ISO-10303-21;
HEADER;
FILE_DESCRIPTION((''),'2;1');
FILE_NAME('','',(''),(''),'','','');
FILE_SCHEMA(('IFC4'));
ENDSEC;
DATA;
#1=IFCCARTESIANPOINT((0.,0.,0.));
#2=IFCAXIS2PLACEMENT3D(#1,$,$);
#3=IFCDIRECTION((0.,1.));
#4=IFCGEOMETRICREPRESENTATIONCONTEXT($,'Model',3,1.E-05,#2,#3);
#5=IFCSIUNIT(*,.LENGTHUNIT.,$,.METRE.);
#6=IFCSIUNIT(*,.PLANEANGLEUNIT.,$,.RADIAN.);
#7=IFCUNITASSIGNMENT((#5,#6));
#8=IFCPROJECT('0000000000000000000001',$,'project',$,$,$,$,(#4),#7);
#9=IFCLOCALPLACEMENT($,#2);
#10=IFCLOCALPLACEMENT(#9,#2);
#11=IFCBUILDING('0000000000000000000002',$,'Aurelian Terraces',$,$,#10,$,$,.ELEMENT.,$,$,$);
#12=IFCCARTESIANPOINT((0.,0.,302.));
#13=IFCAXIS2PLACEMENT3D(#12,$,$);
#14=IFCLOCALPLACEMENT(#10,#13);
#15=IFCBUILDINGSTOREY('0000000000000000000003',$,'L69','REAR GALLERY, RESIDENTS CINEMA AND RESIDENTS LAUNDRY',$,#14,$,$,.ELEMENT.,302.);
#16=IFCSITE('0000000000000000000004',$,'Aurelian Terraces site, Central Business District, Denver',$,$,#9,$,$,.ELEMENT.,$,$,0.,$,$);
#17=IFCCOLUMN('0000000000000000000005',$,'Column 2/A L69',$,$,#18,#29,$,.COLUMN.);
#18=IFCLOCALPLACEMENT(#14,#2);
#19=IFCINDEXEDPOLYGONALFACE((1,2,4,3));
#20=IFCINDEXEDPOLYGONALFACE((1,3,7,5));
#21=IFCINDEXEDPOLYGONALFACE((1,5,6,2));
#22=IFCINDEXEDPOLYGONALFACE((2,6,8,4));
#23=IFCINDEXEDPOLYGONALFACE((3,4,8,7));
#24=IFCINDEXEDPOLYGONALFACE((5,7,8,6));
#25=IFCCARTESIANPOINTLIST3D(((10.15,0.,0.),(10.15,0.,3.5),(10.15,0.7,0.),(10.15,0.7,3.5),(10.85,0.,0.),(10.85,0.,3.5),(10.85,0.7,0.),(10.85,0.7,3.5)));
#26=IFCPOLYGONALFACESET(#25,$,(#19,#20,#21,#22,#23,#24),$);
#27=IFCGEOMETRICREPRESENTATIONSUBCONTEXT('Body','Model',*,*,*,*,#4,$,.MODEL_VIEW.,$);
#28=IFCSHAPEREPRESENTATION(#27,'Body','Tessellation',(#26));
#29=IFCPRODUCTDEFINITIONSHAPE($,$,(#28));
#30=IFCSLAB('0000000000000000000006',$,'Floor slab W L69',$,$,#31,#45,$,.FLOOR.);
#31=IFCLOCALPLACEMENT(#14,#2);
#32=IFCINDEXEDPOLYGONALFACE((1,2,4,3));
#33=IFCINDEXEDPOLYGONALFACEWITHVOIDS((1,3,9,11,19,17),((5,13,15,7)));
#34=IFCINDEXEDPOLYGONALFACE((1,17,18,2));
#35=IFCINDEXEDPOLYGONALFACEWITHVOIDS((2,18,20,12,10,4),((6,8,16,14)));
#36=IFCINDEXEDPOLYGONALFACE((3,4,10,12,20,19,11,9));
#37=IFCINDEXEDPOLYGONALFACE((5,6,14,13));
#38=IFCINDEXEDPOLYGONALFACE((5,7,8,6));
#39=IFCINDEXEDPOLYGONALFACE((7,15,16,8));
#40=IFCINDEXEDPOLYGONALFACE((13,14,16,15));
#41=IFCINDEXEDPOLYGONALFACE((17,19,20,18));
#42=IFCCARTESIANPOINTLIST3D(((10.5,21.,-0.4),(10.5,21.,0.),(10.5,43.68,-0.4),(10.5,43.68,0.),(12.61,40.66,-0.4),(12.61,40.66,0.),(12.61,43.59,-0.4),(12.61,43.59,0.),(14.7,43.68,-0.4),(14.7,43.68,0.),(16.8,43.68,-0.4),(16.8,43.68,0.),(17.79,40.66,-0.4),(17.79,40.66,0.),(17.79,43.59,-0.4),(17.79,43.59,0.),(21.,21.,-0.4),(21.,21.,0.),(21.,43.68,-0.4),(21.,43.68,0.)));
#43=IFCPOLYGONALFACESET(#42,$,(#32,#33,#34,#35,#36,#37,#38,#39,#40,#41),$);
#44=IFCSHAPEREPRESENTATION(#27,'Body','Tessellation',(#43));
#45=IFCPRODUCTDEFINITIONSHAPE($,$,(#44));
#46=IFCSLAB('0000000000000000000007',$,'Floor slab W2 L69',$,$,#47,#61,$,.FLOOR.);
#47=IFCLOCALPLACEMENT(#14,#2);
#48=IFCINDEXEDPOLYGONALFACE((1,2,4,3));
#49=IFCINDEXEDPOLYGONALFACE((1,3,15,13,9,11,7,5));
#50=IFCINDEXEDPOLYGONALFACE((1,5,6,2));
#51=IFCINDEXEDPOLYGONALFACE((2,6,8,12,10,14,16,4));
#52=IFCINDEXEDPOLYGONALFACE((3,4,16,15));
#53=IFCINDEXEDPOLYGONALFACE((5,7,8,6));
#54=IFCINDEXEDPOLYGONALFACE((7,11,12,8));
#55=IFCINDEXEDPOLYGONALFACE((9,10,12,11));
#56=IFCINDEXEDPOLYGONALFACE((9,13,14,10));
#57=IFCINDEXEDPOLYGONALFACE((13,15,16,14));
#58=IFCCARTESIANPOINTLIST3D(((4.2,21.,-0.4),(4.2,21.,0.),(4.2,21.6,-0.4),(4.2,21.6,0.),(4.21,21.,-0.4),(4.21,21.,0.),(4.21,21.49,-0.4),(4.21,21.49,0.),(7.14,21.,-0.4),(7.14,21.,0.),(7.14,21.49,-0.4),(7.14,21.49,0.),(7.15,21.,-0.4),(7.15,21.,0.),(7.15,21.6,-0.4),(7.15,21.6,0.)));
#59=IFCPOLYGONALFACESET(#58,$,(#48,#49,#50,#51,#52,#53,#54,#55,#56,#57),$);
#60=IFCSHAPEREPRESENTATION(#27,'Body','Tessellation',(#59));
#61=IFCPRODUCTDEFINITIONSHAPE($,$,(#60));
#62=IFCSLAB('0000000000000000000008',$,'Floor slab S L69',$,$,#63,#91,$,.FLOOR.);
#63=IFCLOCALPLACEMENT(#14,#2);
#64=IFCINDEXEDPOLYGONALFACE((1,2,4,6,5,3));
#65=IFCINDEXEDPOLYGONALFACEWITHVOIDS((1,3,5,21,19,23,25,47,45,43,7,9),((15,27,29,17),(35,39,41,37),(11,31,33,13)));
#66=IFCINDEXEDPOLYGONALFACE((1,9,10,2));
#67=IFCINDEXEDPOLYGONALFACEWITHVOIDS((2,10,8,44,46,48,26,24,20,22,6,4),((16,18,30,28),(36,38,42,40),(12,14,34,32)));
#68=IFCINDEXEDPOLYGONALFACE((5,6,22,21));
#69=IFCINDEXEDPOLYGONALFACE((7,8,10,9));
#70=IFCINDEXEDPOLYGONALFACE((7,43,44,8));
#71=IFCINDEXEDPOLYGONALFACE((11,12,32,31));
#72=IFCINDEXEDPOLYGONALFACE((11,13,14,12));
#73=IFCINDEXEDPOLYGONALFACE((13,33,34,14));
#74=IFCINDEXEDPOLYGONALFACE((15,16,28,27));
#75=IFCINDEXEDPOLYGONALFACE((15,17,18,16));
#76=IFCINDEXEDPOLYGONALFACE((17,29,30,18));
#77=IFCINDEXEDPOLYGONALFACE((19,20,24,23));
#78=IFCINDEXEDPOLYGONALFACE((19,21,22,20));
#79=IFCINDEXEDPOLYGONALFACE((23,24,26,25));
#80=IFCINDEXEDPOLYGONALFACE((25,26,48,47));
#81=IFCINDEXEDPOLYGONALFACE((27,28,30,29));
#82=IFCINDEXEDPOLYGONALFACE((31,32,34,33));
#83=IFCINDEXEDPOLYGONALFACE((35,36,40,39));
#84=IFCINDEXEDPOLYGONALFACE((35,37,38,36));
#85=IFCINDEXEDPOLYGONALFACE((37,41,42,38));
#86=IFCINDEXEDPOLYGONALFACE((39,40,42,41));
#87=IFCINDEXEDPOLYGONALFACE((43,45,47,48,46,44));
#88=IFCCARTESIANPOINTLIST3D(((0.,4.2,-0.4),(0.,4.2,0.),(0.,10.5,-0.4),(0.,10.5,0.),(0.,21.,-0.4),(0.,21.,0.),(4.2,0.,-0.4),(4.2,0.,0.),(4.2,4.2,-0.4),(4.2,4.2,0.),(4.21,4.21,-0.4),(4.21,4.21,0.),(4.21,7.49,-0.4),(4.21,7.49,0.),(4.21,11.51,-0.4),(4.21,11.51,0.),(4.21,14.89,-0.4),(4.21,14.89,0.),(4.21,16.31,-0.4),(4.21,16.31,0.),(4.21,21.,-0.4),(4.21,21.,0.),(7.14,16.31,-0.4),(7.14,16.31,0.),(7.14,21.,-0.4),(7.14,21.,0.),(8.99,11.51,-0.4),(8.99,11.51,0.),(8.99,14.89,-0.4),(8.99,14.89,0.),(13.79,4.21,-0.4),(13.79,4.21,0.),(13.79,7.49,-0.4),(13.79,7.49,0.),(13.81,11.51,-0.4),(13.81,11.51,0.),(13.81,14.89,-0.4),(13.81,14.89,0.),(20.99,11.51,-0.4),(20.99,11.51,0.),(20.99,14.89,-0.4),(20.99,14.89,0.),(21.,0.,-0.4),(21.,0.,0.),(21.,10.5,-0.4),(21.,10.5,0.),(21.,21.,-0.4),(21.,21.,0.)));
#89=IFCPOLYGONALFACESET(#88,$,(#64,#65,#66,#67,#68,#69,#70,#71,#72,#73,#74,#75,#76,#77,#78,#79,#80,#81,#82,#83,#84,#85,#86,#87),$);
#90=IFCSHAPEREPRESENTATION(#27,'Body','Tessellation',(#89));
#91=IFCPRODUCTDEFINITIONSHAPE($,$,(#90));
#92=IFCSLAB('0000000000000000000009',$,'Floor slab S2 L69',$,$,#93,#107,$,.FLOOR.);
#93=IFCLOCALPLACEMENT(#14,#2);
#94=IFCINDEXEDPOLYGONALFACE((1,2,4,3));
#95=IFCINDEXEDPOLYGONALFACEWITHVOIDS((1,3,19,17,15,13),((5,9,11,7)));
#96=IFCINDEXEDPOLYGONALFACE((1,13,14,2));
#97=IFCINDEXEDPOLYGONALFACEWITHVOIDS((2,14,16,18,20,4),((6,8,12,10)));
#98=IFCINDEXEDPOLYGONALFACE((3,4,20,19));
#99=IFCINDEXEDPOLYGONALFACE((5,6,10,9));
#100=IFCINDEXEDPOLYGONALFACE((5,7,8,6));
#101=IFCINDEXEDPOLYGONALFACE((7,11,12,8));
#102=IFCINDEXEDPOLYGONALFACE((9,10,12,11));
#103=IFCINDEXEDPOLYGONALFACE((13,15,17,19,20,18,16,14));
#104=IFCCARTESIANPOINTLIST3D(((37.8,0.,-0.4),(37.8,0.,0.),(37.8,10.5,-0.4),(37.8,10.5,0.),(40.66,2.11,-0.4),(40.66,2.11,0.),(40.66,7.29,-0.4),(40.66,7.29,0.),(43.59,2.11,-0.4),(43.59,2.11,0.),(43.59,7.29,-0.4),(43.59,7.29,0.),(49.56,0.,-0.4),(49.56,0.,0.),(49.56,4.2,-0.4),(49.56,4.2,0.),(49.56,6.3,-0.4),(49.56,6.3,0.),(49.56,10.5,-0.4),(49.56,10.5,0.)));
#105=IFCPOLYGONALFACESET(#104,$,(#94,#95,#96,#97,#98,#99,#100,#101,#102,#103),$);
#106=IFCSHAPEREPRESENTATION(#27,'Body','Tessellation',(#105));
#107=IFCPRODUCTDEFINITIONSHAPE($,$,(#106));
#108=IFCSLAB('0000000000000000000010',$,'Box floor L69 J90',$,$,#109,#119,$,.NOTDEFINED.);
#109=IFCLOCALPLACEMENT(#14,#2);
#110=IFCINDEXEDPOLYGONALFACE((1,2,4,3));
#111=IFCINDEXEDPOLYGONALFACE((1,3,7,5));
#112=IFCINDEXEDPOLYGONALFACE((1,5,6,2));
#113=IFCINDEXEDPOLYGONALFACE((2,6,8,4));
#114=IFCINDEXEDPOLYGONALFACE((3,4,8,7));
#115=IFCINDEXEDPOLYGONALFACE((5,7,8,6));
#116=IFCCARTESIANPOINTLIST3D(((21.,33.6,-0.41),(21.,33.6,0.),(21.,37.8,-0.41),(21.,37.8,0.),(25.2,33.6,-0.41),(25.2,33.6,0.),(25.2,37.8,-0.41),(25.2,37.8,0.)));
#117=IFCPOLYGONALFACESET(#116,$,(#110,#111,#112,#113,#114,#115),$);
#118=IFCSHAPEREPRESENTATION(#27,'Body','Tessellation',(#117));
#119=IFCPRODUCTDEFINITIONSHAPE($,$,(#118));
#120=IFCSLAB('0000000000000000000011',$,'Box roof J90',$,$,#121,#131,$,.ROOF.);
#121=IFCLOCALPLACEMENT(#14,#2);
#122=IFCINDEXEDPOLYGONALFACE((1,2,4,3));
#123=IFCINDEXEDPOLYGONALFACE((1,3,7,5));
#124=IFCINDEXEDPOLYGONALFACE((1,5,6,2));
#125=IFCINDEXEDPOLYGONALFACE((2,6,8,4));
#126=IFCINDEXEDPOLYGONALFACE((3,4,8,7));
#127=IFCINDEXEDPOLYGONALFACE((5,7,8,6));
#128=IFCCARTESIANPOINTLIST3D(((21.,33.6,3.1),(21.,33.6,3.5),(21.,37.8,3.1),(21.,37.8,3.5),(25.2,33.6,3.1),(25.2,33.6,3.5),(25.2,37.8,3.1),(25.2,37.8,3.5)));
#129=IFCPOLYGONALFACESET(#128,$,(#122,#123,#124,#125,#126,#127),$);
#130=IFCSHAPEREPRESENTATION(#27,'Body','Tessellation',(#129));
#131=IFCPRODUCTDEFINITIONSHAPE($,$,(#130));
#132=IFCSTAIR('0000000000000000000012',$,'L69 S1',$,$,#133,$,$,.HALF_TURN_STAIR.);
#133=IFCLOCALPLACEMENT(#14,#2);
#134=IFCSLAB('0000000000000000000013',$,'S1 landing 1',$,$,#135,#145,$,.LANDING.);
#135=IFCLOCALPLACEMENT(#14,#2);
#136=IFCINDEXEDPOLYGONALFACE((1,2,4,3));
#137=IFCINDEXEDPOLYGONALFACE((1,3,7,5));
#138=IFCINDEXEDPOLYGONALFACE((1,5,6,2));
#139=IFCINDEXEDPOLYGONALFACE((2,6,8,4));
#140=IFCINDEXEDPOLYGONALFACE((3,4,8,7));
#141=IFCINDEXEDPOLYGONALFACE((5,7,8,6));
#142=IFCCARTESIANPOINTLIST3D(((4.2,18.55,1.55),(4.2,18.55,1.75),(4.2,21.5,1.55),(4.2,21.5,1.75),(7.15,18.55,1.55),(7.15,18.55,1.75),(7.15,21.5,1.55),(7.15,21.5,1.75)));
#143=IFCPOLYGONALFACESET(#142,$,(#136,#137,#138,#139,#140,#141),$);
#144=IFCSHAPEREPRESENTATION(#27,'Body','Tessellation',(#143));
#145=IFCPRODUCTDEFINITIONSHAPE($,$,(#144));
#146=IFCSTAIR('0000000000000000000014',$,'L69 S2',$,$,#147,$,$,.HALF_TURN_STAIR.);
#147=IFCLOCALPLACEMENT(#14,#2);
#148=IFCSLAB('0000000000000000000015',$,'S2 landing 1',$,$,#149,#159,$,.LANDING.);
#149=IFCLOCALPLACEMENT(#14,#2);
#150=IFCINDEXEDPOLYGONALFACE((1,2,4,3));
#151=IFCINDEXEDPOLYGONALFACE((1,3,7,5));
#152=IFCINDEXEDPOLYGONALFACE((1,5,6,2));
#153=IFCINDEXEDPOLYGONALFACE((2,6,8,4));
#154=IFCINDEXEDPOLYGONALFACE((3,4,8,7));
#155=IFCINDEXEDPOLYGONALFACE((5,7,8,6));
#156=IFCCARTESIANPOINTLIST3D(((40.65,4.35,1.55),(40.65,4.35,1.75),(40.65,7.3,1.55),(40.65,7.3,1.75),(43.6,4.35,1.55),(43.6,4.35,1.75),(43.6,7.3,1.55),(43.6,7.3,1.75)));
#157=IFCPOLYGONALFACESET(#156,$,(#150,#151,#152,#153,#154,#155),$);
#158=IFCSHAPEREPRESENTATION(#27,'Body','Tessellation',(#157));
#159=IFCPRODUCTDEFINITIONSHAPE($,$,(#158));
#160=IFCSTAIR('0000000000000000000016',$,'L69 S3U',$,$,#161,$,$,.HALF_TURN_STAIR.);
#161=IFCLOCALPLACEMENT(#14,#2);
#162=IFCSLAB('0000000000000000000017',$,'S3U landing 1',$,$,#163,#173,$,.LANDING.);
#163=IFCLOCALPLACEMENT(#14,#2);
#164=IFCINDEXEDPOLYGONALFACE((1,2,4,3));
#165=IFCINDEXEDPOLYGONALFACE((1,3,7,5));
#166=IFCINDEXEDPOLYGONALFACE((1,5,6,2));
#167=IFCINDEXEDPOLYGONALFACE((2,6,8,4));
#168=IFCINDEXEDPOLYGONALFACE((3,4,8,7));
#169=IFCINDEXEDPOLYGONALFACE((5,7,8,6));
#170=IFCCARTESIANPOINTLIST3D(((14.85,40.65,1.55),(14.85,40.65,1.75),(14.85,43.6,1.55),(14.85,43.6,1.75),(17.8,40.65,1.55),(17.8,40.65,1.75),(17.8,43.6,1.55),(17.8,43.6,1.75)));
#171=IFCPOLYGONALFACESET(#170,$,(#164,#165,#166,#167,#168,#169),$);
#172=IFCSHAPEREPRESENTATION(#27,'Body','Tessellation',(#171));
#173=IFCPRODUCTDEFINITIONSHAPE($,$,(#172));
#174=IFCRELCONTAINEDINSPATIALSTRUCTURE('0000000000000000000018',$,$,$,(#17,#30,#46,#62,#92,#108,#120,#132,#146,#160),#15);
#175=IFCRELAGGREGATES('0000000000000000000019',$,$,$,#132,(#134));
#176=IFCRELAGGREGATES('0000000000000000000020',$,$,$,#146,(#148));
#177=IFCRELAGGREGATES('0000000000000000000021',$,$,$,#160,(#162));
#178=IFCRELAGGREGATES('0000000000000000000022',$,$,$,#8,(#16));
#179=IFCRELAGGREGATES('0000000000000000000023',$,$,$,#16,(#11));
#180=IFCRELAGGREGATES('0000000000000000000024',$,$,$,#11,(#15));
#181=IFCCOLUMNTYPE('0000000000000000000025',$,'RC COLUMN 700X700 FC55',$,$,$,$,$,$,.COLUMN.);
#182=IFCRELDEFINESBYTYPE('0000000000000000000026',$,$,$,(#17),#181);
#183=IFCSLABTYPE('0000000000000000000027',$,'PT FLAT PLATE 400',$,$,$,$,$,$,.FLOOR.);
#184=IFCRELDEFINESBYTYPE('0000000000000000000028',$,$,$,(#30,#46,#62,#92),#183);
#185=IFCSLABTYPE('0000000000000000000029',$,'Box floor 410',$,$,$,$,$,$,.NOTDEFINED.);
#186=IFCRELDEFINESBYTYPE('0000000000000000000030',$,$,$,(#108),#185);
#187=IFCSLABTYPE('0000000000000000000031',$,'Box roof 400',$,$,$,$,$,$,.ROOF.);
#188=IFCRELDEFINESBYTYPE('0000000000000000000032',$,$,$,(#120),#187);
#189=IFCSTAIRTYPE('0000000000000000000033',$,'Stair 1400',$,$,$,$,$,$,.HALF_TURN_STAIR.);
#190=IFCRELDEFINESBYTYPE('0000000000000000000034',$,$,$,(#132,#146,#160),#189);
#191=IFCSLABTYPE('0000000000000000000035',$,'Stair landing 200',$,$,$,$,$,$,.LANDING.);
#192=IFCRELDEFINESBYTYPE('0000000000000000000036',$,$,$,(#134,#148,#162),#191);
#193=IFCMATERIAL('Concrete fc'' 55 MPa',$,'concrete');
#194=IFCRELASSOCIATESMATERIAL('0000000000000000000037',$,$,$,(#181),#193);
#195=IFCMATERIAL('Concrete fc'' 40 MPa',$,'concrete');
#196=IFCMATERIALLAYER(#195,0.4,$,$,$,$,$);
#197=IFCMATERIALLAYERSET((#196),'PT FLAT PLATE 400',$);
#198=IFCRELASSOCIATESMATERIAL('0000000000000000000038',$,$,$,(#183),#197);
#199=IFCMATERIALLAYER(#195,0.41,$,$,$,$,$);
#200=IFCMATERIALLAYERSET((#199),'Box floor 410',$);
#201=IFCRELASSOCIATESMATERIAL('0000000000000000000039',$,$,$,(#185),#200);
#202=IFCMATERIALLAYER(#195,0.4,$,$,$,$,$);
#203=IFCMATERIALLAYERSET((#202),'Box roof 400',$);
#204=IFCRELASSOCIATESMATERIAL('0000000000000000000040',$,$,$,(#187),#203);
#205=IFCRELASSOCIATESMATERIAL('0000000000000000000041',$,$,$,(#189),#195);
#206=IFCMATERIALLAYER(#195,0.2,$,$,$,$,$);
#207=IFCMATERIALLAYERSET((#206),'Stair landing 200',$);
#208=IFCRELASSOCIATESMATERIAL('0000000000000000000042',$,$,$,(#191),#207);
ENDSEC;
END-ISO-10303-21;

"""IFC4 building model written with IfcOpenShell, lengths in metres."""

from ifc_helpers import new_model, si_unit, direction, frame, origin, origin_2d, place, context, subcontext, project, spatial, polyline, rectangle, outline, extrude, source, transform, mapped, material, layer, layer_set, material_profile, profile_set, type_object, element, aggregate, save


model = new_model("IFC4")

# Units and contexts
model_context = context("Model", 3, precision=1e-05, world=origin(), true_north=direction((0.0, 1.0)))
body_context = subcontext(model_context, "Body", "Model", "MODEL_VIEW")
ifc_project = project(units=[si_unit("LENGTHUNIT", "METRE"), si_unit("PLANEANGLEUNIT", "RADIAN")], contexts=[model_context])

# Site, building, storey
site_placement = place(None, origin())
site = spatial("IfcSite", under=ifc_project, at=site_placement, Name="Aurelian Terraces site, Central Business District, Denver", CompositionType="ELEMENT", RefElevation=0.0)
building_placement = place(site_placement, origin())
building = spatial("IfcBuilding", under=site, at=building_placement, Name="Aurelian Terraces", CompositionType="ELEMENT")
storey_placement = place(building_placement, frame((0.0, 0.0, 302.0)))
storey = spatial("IfcBuildingStorey", under=building, at=storey_placement, Name="L69", Description="REAR GALLERY, RESIDENTS CINEMA AND RESIDENTS LAUNDRY", CompositionType="ELEMENT", Elevation=302.0)

# Column
ifc_material_1 = material(Name="Concrete fc' 55 MPa", Category="concrete")
ifc_material_profile = material_profile(ifc_material_1, rectangle(XDim=0.7, YDim=0.7, at=origin_2d()))
ifc_profile_set = profile_set([ifc_material_profile], Name="Concrete fc' 55 MPa")
column_type = type_object("IfcColumnType", Name="RC COLUMN 700X700 FC55", PredefinedType="COLUMN", material=ifc_profile_set)
shared_shape_1 = source(origin(), body_context, "Body", "SweptSolid", [
    extrude(rectangle(XDim=0.7, YDim=0.7, at=origin_2d()), origin(), (0.0, 0.0, 1.0), 3.5),
])
column_placement = place(storey_placement, frame((10.5, 0.35, 0.0), z_axis=(0.0, 0.0, 1.0), x_axis=(1.0, 0.0, 0.0)))
element("IfcColumn", 1, at=column_placement, inside=storey, type_object=column_type, Name="Column 2/A L69", PredefinedType="COLUMN", context=body_context, shape_type="MappedRepresentation", body=[
    mapped(shared_shape_1, transform((0.0, 0.0, 0.0), scale=1.0)),
])

# Slabs
ifc_material_2 = material(Name="Concrete fc' 40 MPa", Category="concrete")
ifc_layer_1 = layer(ifc_material_2, 0.4)
ifc_layer_set_1 = layer_set([ifc_layer_1], Name="PT FLAT PLATE 400")
slab_type_1 = type_object("IfcSlabType", Name="PT FLAT PLATE 400", PredefinedType="FLOOR", material=ifc_layer_set_1)
shared_shape_2 = source(origin(), body_context, "Body", "SweptSolid", [
    extrude(outline(polyline([(10.5, 43.68), (14.7, 43.68), (16.8, 43.68), (21.0, 43.68), (21.0, 21.0), (10.5, 21.0), (10.5, 43.68)]), holes=[polyline([(17.79, 43.59), (12.61, 43.59), (12.61, 40.66), (17.79, 40.66), (17.79, 43.59)])]), origin(), (0.0, 0.0, 1.0), 0.4),
])
slab_1_placement = place(storey_placement, frame((0.0, 0.0, -0.4)))
element("IfcSlab", 2, at=slab_1_placement, inside=storey, type_object=slab_type_1, Name="Floor slab W L69", PredefinedType="FLOOR", context=body_context, shape_type="MappedRepresentation", body=[
    mapped(shared_shape_2, transform((0.0, 0.0, 0.0), scale=1.0)),
])
shared_shape_3 = source(origin(), body_context, "Body", "SweptSolid", [
    extrude(outline(polyline([(4.2, 21.0), (4.2, 21.6), (7.15, 21.6), (7.15, 21.0), (7.14, 21.0), (7.14, 21.49), (4.21, 21.49), (4.21, 21.0), (4.2, 21.0)])), origin(), (0.0, 0.0, 1.0), 0.4),
])
slab_2_placement = place(storey_placement, frame((0.0, 0.0, -0.4)))
element("IfcSlab", 3, at=slab_2_placement, inside=storey, type_object=slab_type_1, Name="Floor slab W2 L69", PredefinedType="FLOOR", context=body_context, shape_type="MappedRepresentation", body=[
    mapped(shared_shape_3, transform((0.0, 0.0, 0.0), scale=1.0)),
])
shared_shape_4 = source(origin(), body_context, "Body", "SweptSolid", [
    extrude(outline(polyline([(4.2, 4.2), (0.0, 4.2), (0.0, 10.5), (0.0, 21.0), (4.21, 21.0), (4.21, 16.31), (7.14, 16.31), (7.14, 21.0), (21.0, 21.0), (21.0, 10.5), (21.0, 0.0), (4.2, 0.0), (4.2, 4.2)]), holes=[polyline([(13.81, 14.89), (13.81, 11.51), (20.99, 11.51), (20.99, 14.89), (13.81, 14.89)]), polyline([(4.21, 7.49), (4.21, 4.21), (13.79, 4.21), (13.79, 7.49), (4.21, 7.49)]), polyline([(8.99, 11.51), (8.99, 14.89), (4.21, 14.89), (4.21, 11.51), (8.99, 11.51)])]), origin(), (0.0, 0.0, 1.0), 0.4),
])
slab_3_placement = place(storey_placement, frame((0.0, 0.0, -0.4)))
element("IfcSlab", 4, at=slab_3_placement, inside=storey, type_object=slab_type_1, Name="Floor slab S L69", PredefinedType="FLOOR", context=body_context, shape_type="MappedRepresentation", body=[
    mapped(shared_shape_4, transform((0.0, 0.0, 0.0), scale=1.0)),
])
shared_shape_5 = source(origin(), body_context, "Body", "SweptSolid", [
    extrude(outline(polyline([(37.8, 10.5), (49.56, 10.5), (49.56, 6.3), (49.56, 4.2), (49.56, 0.0), (37.8, 0.0), (37.8, 10.5)]), holes=[polyline([(40.66, 2.11), (43.59, 2.11), (43.59, 7.29), (40.66, 7.29), (40.66, 2.11)])]), origin(), (0.0, 0.0, 1.0), 0.4),
])
slab_4_placement = place(storey_placement, frame((0.0, 0.0, -0.4)))
element("IfcSlab", 5, at=slab_4_placement, inside=storey, type_object=slab_type_1, Name="Floor slab S2 L69", PredefinedType="FLOOR", context=body_context, shape_type="MappedRepresentation", body=[
    mapped(shared_shape_5, transform((0.0, 0.0, 0.0), scale=1.0)),
])
ifc_layer_2 = layer(ifc_material_2, 0.41)
ifc_layer_set_2 = layer_set([ifc_layer_2], Name="Box floor 410")
slab_type_2 = type_object("IfcSlabType", Name="Box floor 410", PredefinedType="NOTDEFINED", material=ifc_layer_set_2)
shared_shape_6 = source(origin(), body_context, "Body", "SweptSolid", [
    extrude(outline(polyline([(25.2, 33.6), (25.2, 37.8), (21.0, 37.8), (21.0, 33.6), (25.2, 33.6)])), origin(), (0.0, 0.0, 1.0), 0.41),
])
slab_5_placement = place(storey_placement, frame((0.0, 0.0, -0.41)))
element("IfcSlab", 6, at=slab_5_placement, inside=storey, type_object=slab_type_2, Name="Box floor L69 J90", PredefinedType="NOTDEFINED", context=body_context, shape_type="MappedRepresentation", body=[
    mapped(shared_shape_6, transform((0.0, 0.0, 0.0), scale=1.0)),
])
ifc_layer_3 = layer(ifc_material_2, 0.4)
ifc_layer_set_3 = layer_set([ifc_layer_3], Name="Box roof 400")
slab_type_3 = type_object("IfcSlabType", Name="Box roof 400", PredefinedType="ROOF", material=ifc_layer_set_3)
shared_shape_7 = source(origin(), body_context, "Body", "SweptSolid", [
    extrude(outline(polyline([(25.2, 33.6), (25.2, 37.8), (21.0, 37.8), (21.0, 33.6), (25.2, 33.6)])), origin(), (0.0, 0.0, 1.0), 0.4),
])
slab_6_placement = place(storey_placement, frame((0.0, 0.0, 3.1)))
element("IfcSlab", 7, at=slab_6_placement, inside=storey, type_object=slab_type_3, Name="Box roof J90", PredefinedType="ROOF", context=body_context, shape_type="MappedRepresentation", body=[
    mapped(shared_shape_7, transform((0.0, 0.0, 0.0), scale=1.0)),
])

# Stairs, slabs
stair_type = type_object("IfcStairType", Name="Stair 1400", PredefinedType="HALF_TURN_STAIR", material=ifc_material_2)
stair_1_placement = place(storey_placement, origin())
stair_1 = element("IfcStair", 8, at=stair_1_placement, inside=storey, type_object=stair_type, Name="L69 S1", PredefinedType="HALF_TURN_STAIR")
ifc_layer_4 = layer(ifc_material_2, 0.2)
ifc_layer_set_4 = layer_set([ifc_layer_4], Name="Stair landing 200")
slab_type_4 = type_object("IfcSlabType", Name="Stair landing 200", PredefinedType="LANDING", material=ifc_layer_set_4)
shared_shape_8 = source(origin(), body_context, "Body", "SweptSolid", [
    extrude(outline(polyline([(7.15, 18.55), (7.15, 21.5), (4.2, 21.5), (4.2, 18.55), (7.15, 18.55)])), origin(), (0.0, 0.0, 1.0), 0.2),
])
slab_7_placement = place(storey_placement, frame((0.0, 0.0, 1.55)))
slab_7 = element("IfcSlab", 9, at=slab_7_placement, type_object=slab_type_4, Name="S1 landing 1", PredefinedType="LANDING", context=body_context, shape_type="MappedRepresentation", body=[
    mapped(shared_shape_8, transform((0.0, 0.0, 0.0), scale=1.0)),
])
aggregate(stair_1, [slab_7])
stair_2_placement = place(storey_placement, origin())
stair_2 = element("IfcStair", 10, at=stair_2_placement, inside=storey, type_object=stair_type, Name="L69 S2", PredefinedType="HALF_TURN_STAIR")
shared_shape_9 = source(origin(), body_context, "Body", "SweptSolid", [
    extrude(outline(polyline([(43.6, 4.35), (43.6, 7.3), (40.65, 7.3), (40.65, 4.35), (43.6, 4.35)])), origin(), (0.0, 0.0, 1.0), 0.2),
])
slab_8_placement = place(storey_placement, frame((0.0, 0.0, 1.55)))
slab_8 = element("IfcSlab", 11, at=slab_8_placement, type_object=slab_type_4, Name="S2 landing 1", PredefinedType="LANDING", context=body_context, shape_type="MappedRepresentation", body=[
    mapped(shared_shape_9, transform((0.0, 0.0, 0.0), scale=1.0)),
])
aggregate(stair_2, [slab_8])
stair_3_placement = place(storey_placement, origin())
stair_3 = element("IfcStair", 12, at=stair_3_placement, inside=storey, type_object=stair_type, Name="L69 S3U", PredefinedType="HALF_TURN_STAIR")
shared_shape_10 = source(origin(), body_context, "Body", "SweptSolid", [
    extrude(outline(polyline([(14.85, 40.65), (17.8, 40.65), (17.8, 43.6), (14.85, 43.6), (14.85, 40.65)])), origin(), (0.0, 0.0, 1.0), 0.2),
])
slab_9_placement = place(storey_placement, frame((0.0, 0.0, 1.55)))
slab_9 = element("IfcSlab", 13, at=slab_9_placement, type_object=slab_type_4, Name="S3U landing 1", PredefinedType="LANDING", context=body_context, shape_type="MappedRepresentation", body=[
    mapped(shared_shape_10, transform((0.0, 0.0, 0.0), scale=1.0)),
])
aggregate(stair_3, [slab_9])

save(model, "model.ifc")
